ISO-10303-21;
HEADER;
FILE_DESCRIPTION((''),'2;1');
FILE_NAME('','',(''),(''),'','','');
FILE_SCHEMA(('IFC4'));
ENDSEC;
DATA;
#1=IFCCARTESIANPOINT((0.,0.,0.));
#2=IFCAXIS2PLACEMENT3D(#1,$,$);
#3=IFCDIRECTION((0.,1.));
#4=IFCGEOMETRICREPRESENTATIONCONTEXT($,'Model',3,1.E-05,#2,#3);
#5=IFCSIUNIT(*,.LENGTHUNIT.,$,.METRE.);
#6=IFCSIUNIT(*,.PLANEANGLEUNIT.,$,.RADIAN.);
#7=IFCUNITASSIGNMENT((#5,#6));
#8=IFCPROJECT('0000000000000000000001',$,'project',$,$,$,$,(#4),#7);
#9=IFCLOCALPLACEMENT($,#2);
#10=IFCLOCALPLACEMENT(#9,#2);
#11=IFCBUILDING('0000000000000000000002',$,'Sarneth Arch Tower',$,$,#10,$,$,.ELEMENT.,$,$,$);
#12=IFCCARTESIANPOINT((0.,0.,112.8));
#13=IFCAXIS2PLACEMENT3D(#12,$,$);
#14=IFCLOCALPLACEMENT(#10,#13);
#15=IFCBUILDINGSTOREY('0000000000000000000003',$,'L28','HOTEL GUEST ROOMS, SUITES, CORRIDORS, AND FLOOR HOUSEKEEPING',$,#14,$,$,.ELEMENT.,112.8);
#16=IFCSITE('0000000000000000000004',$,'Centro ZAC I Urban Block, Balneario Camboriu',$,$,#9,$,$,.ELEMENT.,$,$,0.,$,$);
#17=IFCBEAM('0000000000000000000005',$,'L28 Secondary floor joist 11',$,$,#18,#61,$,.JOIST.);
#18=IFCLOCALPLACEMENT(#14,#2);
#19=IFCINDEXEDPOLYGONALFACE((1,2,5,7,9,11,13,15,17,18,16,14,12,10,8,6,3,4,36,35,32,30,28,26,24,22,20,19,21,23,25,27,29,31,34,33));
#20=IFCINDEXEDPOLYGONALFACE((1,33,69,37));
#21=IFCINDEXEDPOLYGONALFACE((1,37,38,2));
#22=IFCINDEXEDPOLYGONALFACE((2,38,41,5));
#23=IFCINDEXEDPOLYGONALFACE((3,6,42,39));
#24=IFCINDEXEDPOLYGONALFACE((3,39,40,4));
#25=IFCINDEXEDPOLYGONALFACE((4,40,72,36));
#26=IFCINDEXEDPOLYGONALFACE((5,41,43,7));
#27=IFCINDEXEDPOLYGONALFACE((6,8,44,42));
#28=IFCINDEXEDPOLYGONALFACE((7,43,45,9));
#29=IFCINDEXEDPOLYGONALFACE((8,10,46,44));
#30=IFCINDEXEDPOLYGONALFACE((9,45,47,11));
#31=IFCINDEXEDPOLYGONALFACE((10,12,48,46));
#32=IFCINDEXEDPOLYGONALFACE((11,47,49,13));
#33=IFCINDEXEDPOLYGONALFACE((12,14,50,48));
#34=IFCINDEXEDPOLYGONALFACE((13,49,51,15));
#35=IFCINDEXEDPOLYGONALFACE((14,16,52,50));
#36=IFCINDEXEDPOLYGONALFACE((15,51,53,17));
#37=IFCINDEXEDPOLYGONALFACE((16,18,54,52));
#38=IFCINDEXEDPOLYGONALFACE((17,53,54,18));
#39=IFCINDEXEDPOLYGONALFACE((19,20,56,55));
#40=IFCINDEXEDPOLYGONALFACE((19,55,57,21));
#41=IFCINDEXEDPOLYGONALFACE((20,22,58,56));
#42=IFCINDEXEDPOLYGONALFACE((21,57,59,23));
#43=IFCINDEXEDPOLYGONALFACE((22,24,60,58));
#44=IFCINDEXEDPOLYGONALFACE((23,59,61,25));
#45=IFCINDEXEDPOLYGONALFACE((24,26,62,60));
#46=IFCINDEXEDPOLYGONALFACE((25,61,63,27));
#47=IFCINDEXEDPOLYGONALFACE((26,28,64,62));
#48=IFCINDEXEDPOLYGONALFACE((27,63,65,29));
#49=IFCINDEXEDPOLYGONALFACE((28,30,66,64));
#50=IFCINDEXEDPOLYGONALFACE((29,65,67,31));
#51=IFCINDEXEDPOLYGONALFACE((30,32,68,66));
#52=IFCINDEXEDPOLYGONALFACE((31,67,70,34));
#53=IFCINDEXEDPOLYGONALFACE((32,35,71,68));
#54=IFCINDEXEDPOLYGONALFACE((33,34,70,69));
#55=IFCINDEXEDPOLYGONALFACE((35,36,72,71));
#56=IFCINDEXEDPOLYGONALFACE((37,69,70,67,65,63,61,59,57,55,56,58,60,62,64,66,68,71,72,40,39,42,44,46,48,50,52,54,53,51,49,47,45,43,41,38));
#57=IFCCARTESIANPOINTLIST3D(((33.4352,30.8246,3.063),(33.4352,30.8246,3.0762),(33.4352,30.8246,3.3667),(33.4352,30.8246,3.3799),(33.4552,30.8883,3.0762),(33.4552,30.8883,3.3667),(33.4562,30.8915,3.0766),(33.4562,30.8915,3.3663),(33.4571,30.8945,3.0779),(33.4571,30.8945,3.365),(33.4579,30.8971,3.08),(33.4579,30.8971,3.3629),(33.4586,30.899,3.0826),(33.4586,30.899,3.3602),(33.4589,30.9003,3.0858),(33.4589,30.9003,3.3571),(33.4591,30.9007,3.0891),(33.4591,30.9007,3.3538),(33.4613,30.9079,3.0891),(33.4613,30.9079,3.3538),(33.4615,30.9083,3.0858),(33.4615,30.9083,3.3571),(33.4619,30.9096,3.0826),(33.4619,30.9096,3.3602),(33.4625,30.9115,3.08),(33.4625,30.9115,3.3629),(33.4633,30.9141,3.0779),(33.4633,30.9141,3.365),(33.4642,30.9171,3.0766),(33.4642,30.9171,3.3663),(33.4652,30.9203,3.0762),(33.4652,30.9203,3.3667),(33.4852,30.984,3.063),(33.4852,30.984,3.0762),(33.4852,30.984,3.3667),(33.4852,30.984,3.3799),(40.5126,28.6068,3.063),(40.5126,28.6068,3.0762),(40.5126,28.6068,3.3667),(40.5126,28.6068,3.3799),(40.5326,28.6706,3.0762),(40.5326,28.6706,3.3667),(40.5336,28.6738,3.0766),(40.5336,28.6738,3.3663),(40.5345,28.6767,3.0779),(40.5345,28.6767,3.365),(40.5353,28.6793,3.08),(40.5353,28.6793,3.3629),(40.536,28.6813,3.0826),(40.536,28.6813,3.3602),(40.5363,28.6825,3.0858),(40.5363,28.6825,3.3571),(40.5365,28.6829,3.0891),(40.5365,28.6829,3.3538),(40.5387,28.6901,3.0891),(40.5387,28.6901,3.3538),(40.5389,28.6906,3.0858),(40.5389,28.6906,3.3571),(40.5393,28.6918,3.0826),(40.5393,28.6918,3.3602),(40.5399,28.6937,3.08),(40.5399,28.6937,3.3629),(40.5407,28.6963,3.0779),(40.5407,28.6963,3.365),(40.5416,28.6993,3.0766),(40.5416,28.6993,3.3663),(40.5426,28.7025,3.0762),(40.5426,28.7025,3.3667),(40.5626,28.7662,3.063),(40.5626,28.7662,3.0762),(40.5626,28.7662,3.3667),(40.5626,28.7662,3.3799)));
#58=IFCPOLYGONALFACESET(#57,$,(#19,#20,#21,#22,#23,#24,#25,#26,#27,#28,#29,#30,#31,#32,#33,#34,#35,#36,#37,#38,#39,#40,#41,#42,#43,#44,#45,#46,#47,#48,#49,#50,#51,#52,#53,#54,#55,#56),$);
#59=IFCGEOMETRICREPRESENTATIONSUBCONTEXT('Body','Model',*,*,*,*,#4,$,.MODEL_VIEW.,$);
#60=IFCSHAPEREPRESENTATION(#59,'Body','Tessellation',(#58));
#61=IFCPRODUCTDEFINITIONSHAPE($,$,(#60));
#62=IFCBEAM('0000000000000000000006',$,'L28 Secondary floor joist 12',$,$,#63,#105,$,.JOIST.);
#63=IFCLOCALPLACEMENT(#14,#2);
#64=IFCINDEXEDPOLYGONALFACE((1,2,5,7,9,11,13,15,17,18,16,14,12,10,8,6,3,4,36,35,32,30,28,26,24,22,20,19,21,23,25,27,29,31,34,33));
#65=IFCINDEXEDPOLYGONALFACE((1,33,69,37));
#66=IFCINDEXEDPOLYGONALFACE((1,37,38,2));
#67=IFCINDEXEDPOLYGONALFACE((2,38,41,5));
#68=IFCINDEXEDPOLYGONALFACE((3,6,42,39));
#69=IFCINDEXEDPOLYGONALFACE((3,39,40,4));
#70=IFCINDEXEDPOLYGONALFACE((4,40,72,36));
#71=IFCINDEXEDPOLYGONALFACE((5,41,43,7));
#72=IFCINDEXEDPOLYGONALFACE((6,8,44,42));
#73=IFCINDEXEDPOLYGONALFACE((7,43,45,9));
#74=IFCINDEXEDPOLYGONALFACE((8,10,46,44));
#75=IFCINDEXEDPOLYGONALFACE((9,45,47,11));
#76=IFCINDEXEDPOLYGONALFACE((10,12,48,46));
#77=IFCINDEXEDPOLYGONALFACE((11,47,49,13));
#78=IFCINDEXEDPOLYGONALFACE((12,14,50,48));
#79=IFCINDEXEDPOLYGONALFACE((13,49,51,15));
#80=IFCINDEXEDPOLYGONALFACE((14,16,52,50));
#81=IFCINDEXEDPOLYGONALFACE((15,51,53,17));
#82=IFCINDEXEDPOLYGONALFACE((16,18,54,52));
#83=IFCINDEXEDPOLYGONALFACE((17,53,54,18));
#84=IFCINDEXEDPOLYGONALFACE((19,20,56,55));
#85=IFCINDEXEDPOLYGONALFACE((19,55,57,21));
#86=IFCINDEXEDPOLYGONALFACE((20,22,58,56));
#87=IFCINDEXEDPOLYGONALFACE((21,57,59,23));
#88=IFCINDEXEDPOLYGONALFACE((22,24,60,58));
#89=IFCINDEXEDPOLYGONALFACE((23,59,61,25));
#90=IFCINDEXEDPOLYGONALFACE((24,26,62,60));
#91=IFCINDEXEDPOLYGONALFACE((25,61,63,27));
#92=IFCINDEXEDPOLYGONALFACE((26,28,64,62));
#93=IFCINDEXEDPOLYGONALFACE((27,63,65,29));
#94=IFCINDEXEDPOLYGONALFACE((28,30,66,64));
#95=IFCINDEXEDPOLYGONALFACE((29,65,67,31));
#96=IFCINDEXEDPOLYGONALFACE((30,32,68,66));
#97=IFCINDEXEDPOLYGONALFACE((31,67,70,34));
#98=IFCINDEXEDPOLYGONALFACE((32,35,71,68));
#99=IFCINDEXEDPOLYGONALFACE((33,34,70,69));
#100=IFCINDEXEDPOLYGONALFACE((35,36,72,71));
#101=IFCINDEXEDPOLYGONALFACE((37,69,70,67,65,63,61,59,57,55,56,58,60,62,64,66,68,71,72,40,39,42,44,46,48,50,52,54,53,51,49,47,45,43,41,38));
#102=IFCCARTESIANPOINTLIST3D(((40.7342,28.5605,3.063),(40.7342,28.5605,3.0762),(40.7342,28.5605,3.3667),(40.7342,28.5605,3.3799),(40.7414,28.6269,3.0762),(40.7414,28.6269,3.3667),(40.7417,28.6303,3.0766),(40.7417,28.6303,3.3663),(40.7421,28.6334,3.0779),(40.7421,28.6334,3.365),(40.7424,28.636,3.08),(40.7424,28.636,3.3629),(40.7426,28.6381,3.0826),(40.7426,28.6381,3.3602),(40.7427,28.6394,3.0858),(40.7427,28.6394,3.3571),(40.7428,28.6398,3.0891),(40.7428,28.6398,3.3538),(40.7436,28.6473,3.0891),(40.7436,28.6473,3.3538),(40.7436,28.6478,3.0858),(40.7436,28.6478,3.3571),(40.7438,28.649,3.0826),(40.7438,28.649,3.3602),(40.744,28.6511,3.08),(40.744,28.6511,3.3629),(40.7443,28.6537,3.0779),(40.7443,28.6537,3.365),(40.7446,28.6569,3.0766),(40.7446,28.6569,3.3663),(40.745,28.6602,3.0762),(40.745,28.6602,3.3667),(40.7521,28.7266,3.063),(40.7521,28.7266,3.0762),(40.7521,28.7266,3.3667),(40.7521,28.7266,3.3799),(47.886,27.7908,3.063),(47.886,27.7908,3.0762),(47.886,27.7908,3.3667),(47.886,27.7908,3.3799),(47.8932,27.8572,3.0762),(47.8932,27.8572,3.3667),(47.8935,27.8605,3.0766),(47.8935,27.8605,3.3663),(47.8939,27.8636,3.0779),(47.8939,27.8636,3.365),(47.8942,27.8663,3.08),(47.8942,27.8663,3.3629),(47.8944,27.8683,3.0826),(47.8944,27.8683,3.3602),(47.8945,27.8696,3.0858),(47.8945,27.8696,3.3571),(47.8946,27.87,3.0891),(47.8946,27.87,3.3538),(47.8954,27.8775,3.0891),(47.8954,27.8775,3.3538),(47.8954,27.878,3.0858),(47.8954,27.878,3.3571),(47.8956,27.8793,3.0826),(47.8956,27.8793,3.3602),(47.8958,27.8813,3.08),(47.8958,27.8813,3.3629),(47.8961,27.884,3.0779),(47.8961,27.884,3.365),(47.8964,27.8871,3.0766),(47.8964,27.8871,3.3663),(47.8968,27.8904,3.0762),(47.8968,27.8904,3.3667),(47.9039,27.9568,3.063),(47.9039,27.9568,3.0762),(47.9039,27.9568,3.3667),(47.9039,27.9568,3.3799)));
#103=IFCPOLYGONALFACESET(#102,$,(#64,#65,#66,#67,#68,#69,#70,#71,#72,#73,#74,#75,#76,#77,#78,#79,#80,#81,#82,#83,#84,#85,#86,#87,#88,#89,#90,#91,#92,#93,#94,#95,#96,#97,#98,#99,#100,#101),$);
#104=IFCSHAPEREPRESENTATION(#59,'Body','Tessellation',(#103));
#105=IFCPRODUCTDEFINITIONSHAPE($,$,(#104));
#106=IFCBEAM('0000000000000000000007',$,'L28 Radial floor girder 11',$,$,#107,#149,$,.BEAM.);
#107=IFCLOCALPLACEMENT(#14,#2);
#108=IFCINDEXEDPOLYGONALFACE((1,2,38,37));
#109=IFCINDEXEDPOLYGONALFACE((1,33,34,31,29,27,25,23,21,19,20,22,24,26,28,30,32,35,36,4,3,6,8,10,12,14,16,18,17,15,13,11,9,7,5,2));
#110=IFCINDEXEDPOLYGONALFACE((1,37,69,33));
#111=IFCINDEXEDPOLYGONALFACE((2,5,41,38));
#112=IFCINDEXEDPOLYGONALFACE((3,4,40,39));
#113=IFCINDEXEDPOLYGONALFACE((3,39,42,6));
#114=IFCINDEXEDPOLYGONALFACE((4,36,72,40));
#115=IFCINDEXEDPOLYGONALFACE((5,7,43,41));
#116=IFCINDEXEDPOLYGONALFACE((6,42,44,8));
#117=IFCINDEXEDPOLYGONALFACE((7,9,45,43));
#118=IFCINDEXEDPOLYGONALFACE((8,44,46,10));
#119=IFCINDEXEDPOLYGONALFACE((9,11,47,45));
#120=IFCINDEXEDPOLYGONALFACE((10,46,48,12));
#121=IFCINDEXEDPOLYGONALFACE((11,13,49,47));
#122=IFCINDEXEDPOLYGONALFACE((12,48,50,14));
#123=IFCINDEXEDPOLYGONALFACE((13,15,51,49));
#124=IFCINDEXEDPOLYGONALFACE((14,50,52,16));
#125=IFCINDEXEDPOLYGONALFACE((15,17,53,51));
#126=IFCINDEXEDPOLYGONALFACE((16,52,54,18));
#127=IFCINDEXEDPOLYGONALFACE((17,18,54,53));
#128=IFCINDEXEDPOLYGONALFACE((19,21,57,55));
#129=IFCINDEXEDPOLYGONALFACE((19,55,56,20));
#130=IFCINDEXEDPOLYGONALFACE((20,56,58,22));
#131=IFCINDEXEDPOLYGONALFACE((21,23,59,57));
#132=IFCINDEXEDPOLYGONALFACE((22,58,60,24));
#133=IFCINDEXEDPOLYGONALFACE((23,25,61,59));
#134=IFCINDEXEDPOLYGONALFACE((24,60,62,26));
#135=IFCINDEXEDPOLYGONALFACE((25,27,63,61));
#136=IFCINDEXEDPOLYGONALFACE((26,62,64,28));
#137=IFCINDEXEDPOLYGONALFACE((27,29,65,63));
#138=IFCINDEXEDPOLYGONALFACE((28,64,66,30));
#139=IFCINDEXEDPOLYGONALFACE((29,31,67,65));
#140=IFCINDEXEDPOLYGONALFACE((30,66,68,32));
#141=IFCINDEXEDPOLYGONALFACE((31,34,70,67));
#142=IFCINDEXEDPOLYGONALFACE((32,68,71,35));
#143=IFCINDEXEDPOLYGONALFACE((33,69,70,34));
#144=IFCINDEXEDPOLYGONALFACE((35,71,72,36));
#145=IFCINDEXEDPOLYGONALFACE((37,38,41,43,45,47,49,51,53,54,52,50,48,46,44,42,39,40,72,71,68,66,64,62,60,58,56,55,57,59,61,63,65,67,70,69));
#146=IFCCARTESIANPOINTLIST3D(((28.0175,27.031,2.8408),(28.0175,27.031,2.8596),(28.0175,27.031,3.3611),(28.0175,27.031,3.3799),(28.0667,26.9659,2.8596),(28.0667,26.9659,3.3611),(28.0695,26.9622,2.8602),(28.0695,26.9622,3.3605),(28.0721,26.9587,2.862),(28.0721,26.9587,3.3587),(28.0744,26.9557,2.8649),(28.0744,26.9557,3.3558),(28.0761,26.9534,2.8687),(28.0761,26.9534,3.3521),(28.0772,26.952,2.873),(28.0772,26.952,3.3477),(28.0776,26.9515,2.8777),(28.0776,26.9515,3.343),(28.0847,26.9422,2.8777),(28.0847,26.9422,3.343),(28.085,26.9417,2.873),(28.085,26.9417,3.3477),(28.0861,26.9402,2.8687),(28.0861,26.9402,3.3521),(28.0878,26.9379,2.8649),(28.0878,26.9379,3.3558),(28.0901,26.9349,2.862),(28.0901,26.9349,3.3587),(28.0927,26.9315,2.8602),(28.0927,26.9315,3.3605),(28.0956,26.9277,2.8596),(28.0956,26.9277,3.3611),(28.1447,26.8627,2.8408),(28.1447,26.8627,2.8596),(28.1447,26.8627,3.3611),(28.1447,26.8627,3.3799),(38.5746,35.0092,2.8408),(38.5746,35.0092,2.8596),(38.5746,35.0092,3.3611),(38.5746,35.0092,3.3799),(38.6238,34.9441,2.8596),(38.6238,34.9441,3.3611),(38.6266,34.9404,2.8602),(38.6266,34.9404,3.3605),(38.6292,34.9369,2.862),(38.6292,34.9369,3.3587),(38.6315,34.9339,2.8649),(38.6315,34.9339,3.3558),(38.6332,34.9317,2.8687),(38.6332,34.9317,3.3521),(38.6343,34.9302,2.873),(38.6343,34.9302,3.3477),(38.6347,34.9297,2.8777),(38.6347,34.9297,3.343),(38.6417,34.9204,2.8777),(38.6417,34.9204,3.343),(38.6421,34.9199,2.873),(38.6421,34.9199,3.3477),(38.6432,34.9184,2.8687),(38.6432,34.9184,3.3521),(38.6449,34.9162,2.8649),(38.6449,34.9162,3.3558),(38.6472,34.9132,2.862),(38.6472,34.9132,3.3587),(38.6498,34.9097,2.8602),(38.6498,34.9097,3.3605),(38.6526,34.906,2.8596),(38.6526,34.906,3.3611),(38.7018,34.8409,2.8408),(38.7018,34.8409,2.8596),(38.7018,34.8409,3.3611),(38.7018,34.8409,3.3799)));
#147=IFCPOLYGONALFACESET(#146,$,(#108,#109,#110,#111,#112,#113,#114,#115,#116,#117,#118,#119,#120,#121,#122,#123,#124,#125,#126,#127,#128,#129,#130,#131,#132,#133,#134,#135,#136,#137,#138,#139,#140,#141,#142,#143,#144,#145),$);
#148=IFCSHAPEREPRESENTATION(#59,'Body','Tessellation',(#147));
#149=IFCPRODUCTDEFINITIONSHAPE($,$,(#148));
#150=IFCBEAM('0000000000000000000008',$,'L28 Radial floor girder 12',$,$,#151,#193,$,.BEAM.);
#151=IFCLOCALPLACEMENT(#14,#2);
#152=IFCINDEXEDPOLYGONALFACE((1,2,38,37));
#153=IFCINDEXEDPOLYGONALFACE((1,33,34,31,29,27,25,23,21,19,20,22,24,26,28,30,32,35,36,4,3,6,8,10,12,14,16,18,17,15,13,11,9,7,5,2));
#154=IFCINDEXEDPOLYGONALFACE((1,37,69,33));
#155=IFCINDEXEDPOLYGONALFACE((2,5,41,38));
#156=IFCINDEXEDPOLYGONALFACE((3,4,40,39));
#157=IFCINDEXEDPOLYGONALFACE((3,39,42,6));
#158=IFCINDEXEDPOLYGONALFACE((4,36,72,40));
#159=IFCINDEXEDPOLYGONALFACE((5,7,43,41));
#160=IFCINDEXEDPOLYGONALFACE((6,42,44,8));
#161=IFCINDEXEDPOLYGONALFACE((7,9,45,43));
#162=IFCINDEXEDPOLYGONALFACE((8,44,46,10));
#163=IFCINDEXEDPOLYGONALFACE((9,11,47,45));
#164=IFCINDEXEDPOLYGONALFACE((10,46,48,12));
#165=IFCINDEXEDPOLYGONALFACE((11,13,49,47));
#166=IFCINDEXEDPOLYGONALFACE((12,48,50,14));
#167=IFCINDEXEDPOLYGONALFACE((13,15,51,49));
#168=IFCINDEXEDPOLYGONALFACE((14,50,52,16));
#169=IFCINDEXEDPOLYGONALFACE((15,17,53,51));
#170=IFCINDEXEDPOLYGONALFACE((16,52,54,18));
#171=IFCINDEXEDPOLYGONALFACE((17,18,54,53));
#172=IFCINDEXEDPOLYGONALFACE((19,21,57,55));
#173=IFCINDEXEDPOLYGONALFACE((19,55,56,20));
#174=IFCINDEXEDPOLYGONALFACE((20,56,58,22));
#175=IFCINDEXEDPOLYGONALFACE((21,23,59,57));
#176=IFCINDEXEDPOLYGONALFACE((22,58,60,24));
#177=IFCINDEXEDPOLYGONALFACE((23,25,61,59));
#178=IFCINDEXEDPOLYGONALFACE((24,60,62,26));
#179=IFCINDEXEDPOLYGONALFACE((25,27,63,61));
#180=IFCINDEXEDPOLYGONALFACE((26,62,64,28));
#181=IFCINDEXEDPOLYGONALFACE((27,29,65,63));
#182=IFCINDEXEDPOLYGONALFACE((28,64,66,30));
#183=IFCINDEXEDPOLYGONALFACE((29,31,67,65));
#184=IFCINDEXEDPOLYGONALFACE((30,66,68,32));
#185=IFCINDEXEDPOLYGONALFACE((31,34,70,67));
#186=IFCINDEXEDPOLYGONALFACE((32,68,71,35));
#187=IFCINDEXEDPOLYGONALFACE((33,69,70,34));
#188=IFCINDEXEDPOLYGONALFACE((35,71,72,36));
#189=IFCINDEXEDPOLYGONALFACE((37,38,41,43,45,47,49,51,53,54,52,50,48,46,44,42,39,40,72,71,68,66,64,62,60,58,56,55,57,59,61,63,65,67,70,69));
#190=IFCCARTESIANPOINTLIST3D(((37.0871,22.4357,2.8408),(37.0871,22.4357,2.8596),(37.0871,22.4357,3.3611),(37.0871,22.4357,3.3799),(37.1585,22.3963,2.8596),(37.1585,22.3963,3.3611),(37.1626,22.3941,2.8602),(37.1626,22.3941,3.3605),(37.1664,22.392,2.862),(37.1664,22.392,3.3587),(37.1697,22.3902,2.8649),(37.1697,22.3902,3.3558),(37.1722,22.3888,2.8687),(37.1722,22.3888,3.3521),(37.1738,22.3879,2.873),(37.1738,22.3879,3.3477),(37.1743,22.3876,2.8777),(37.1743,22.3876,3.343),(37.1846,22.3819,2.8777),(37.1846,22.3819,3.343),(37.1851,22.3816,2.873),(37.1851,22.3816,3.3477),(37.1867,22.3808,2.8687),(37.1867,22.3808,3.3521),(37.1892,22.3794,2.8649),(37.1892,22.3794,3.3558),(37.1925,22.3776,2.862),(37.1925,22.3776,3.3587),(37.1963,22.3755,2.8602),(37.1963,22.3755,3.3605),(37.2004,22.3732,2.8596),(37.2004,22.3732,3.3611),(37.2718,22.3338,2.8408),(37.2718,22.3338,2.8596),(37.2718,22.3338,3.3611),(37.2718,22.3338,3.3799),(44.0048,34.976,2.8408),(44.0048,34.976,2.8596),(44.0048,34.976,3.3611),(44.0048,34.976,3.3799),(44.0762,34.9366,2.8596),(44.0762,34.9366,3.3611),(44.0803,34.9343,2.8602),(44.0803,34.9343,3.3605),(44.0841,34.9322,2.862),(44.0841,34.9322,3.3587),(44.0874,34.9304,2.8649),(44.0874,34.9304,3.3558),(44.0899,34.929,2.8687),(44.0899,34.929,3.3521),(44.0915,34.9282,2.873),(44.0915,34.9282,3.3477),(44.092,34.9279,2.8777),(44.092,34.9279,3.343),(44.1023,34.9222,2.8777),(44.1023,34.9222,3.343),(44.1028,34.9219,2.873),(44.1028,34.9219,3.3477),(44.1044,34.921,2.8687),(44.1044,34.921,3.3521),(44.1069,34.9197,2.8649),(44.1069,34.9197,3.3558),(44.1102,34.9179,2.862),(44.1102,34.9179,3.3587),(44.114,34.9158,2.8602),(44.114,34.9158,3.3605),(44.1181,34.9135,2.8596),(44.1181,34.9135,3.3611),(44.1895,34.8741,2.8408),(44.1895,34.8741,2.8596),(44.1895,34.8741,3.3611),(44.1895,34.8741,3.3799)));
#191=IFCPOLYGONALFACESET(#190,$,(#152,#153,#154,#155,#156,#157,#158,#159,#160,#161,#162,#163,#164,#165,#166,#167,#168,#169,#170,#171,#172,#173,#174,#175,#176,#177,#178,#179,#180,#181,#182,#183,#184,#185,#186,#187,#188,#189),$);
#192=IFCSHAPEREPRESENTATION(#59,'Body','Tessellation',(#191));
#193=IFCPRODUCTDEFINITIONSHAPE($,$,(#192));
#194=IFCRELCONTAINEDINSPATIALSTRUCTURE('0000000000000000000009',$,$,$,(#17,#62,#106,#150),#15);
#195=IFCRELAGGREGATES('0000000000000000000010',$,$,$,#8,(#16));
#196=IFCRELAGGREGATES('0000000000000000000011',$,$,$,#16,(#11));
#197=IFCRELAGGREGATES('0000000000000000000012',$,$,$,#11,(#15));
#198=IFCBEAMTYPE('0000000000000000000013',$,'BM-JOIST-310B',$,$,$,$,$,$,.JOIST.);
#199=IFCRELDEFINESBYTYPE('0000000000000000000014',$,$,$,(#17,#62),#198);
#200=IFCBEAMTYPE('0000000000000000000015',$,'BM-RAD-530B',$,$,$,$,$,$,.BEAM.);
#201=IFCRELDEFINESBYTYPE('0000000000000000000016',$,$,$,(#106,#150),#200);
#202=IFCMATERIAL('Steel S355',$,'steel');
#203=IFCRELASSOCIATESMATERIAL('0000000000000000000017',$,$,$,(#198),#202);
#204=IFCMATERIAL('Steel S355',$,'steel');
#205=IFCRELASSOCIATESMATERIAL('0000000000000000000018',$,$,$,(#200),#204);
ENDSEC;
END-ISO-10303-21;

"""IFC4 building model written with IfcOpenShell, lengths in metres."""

from ifc_helpers import new_model, si_unit, direction, frame, origin, origin_2d, place, context, subcontext, project, spatial, i_section, extrude, material, material_profile, profile_set, type_object, element, save


model = new_model("IFC4")

# Units and contexts
model_context = context("Model", 3, precision=1e-05, world=origin(), true_north=direction((0.0, 1.0)))
body_context = subcontext(model_context, "Body", "Model", "MODEL_VIEW")
ifc_project = project(units=[si_unit("LENGTHUNIT", "METRE"), si_unit("PLANEANGLEUNIT", "RADIAN")], contexts=[model_context])

# Site, building, storey
site_placement = place(None, origin())
site = spatial("IfcSite", under=ifc_project, at=site_placement, Name="Centro ZAC I Urban Block, Balneario Camboriu", CompositionType="ELEMENT", RefElevation=0.0)
building_placement = place(site_placement, origin())
building = spatial("IfcBuilding", under=site, at=building_placement, Name="Sarneth Arch Tower", CompositionType="ELEMENT")
storey_placement = place(building_placement, frame((0.0, 0.0, 112.8)))
storey = spatial("IfcBuildingStorey", under=building, at=storey_placement, Name="L28", Description="HOTEL GUEST ROOMS, SUITES, CORRIDORS, AND FLOOR HOUSEKEEPING", CompositionType="ELEMENT", Elevation=112.8)

# Beams
ifc_material_1 = material(Name="Steel S355", Category="steel")
ifc_material_profile_1 = material_profile(ifc_material_1, i_section(OverallWidth=0.167, OverallDepth=0.3169, WebThickness=0.0076, FlangeThickness=0.0132, FilletRadius=0.0129, at=origin_2d()), Name="W310x52")
ifc_profile_set_1 = profile_set([ifc_material_profile_1], Name="Steel S355")
beam_type_1 = type_object("IfcBeamType", Name="BM-JOIST-310B", PredefinedType="JOIST", material=ifc_profile_set_1)
beam_1_placement = place(storey_placement, frame((33.4602, 30.9043, 3.2214), z_axis=(0.954246, -0.299023, 0.0), x_axis=(0.299023, 0.954246, 0.0)))
element("IfcBeam", 1, at=beam_1_placement, inside=storey, type_object=beam_type_1, Name="L28 Secondary floor joist 11", PredefinedType="JOIST", context=body_context, shape_type="SweptSolid", body=[
    extrude(i_section(OverallWidth=0.167, OverallDepth=0.3169, WebThickness=0.0076, FlangeThickness=0.0132, FilletRadius=0.0129, at=origin_2d()), origin(), (0.0, 0.0, 1.0), 7.4167),
])
beam_2_placement = place(storey_placement, frame((40.7432, 28.6436, 3.2214), z_axis=(0.994257, -0.107015, 0.0), x_axis=(0.107015, 0.994257, 0.0)))
element("IfcBeam", 2, at=beam_2_placement, inside=storey, type_object=beam_type_1, Name="L28 Secondary floor joist 12", PredefinedType="JOIST", context=body_context, shape_type="SweptSolid", body=[
    extrude(i_section(OverallWidth=0.167, OverallDepth=0.3169, WebThickness=0.0076, FlangeThickness=0.0132, FilletRadius=0.0129, at=origin_2d()), origin(), (0.0, 0.0, 1.0), 7.1931),
])
ifc_material_2 = material(Name="Steel S355", Category="steel")
ifc_material_profile_2 = material_profile(ifc_material_2, i_section(OverallWidth=0.2109, OverallDepth=0.5391, WebThickness=0.0117, FlangeThickness=0.0188, FilletRadius=0.0181, at=origin_2d()), Name="W530x109")
ifc_profile_set_2 = profile_set([ifc_material_profile_2], Name="Steel S355")
beam_type_2 = type_object("IfcBeamType", Name="BM-RAD-530B", PredefinedType="BEAM", material=ifc_profile_set_2)
beam_3_placement = place(storey_placement, frame((38.6382, 34.925, 3.1104), z_axis=(-0.797803, -0.602918, 0.0), x_axis=(0.602918, -0.797803, 0.0)))
element("IfcBeam", 3, at=beam_3_placement, inside=storey, type_object=beam_type_2, Name="L28 Radial floor girder 11", PredefinedType="BEAM", context=body_context, shape_type="SweptSolid", body=[
    extrude(i_section(OverallWidth=0.2109, OverallDepth=0.5391, WebThickness=0.0117, FlangeThickness=0.0188, FilletRadius=0.0181, at=origin_2d()), origin(), (0.0, 0.0, 1.0), 13.2327),
])
beam_4_placement = place(storey_placement, frame((44.0972, 34.925, 3.1104), z_axis=(-0.483021, -0.875609, 0.0), x_axis=(0.875609, -0.483021, 0.0)))
element("IfcBeam", 4, at=beam_4_placement, inside=storey, type_object=beam_type_2, Name="L28 Radial floor girder 12", PredefinedType="BEAM", context=body_context, shape_type="SweptSolid", body=[
    extrude(i_section(OverallWidth=0.2109, OverallDepth=0.5391, WebThickness=0.0117, FlangeThickness=0.0188, FilletRadius=0.0181, at=origin_2d()), origin(), (0.0, 0.0, 1.0), 14.3218),
])

save(model, "model.ifc")
